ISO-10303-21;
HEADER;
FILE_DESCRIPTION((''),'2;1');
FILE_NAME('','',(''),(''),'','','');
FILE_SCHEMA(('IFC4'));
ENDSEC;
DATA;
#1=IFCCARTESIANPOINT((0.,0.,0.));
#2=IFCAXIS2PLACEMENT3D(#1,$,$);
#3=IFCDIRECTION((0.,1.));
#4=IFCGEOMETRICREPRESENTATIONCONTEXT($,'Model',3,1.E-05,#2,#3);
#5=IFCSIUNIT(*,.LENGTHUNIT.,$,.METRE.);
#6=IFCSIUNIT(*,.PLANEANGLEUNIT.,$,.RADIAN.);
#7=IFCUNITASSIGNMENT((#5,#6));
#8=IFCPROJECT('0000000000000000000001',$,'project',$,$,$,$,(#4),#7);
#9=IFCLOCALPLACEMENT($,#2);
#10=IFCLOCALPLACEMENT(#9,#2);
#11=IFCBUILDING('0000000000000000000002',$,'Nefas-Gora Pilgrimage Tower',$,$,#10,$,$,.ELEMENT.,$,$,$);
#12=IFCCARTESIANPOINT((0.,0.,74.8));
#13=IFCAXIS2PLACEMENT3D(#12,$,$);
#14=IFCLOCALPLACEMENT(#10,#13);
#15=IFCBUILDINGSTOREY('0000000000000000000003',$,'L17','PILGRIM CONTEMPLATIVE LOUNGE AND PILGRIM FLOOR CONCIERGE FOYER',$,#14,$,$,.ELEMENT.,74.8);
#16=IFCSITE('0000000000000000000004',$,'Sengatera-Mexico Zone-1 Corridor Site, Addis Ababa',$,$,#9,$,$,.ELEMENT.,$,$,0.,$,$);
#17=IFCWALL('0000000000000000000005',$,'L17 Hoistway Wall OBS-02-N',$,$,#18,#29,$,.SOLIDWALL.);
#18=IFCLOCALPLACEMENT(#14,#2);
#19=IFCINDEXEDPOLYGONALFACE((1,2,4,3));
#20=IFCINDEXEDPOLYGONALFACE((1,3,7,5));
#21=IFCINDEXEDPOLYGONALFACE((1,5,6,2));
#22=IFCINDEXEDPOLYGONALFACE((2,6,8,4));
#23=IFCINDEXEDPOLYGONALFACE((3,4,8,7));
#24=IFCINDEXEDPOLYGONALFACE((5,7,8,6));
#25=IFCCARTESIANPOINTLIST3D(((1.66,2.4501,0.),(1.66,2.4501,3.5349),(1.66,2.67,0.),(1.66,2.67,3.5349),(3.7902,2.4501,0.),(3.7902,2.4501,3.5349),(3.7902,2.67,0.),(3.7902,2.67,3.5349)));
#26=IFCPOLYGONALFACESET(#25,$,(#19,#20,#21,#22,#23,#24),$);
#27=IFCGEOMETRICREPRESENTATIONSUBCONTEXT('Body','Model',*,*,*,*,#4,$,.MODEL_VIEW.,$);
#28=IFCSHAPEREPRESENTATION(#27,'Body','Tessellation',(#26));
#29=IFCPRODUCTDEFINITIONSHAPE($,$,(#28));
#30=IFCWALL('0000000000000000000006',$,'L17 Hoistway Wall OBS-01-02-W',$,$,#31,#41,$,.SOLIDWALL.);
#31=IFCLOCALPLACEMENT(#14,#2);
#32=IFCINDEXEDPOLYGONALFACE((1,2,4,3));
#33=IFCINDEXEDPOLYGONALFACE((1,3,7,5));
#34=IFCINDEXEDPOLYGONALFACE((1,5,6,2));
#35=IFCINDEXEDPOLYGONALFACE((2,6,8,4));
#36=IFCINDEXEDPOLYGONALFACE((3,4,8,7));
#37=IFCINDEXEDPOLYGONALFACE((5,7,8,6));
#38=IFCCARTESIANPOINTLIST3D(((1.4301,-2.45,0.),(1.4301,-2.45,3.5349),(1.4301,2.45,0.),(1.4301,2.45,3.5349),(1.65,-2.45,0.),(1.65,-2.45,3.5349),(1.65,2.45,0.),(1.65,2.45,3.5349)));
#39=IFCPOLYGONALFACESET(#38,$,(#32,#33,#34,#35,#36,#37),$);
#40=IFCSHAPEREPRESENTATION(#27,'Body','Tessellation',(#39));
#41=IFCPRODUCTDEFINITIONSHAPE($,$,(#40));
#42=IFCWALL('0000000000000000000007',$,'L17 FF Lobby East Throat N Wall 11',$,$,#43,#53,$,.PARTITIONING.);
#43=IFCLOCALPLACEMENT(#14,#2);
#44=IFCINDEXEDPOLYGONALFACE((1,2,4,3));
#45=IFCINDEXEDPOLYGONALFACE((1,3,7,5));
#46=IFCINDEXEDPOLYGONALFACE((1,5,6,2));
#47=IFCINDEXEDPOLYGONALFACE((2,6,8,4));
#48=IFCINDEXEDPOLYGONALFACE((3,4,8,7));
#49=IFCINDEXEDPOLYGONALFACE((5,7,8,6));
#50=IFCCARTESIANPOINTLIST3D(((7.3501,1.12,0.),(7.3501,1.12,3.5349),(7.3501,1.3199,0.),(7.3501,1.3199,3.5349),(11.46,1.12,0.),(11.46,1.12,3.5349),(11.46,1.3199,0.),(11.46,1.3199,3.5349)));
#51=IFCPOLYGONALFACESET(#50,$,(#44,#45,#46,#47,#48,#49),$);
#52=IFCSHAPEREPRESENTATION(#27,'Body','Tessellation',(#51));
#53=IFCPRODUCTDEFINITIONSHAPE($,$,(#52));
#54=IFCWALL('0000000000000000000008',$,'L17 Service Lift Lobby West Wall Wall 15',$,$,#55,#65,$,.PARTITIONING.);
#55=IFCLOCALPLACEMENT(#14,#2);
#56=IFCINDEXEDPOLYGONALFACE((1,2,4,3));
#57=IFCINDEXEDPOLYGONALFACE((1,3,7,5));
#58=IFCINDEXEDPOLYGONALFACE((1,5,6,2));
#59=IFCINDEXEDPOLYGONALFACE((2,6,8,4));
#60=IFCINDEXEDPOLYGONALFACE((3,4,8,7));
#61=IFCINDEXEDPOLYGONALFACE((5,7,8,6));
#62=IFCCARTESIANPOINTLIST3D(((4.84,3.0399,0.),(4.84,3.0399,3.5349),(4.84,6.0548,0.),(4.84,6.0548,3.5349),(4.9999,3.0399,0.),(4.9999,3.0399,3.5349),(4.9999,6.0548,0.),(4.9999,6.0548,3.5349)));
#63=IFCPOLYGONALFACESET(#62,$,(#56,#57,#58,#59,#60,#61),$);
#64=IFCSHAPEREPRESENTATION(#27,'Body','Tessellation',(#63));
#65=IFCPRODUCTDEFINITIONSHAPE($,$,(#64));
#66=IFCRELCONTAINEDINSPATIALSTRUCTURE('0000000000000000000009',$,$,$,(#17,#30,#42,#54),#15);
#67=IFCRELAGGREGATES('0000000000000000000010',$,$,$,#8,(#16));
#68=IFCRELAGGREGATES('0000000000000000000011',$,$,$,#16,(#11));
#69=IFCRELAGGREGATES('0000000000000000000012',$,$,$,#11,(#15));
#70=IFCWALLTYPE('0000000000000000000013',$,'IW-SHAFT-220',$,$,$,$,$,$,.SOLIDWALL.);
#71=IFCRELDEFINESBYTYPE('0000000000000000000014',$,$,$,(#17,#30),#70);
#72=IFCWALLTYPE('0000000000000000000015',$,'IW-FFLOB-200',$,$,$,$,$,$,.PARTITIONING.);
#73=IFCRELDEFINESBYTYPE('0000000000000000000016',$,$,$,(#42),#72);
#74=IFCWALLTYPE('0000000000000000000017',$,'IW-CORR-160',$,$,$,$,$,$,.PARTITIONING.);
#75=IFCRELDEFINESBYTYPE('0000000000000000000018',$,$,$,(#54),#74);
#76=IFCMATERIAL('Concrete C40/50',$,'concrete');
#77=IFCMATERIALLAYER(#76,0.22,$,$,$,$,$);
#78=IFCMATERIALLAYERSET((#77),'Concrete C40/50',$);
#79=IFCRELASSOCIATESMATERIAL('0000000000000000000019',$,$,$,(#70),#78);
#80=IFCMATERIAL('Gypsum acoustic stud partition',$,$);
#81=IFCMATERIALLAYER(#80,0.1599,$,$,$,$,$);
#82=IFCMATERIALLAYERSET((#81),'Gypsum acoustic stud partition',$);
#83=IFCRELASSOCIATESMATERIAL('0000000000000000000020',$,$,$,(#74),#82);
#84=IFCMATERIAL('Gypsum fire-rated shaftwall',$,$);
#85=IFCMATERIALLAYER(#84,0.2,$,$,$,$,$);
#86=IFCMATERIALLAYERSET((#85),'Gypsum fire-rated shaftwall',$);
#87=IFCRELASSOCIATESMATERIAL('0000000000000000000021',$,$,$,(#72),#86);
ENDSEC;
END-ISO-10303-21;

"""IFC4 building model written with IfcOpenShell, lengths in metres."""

from ifc_helpers import new_model, si_unit, direction, frame, frame_2d, origin, place, context, subcontext, project, spatial, rectangle, extrude, source, transform, mapped, material, layer, layer_set, type_object, element, save


model = new_model("IFC4")

# Units and contexts
model_context = context("Model", 3, precision=1e-05, world=origin(), true_north=direction((0.0, 1.0)))
body_context = subcontext(model_context, "Body", "Model", "MODEL_VIEW")
ifc_project = project(units=[si_unit("LENGTHUNIT", "METRE"), si_unit("PLANEANGLEUNIT", "RADIAN")], contexts=[model_context])

# Site, building, storey
site_placement = place(None, origin())
site = spatial("IfcSite", under=ifc_project, at=site_placement, Name="Sengatera-Mexico Zone-1 Corridor Site, Addis Ababa", CompositionType="ELEMENT", RefElevation=0.0)
building_placement = place(site_placement, origin())
building = spatial("IfcBuilding", under=site, at=building_placement, Name="Nefas-Gora Pilgrimage Tower", CompositionType="ELEMENT")
storey_placement = place(building_placement, frame((0.0, 0.0, 74.8)))
storey = spatial("IfcBuildingStorey", under=building, at=storey_placement, Name="L17", Description="PILGRIM CONTEMPLATIVE LOUNGE AND PILGRIM FLOOR CONCIERGE FOYER", CompositionType="ELEMENT", Elevation=74.8)

# Shared definitions
ifc_material_1 = material(Name="Concrete C40/50", Category="concrete")
ifc_layer_1 = layer(ifc_material_1, 0.22)
ifc_layer_set_1 = layer_set([ifc_layer_1], Name="Concrete C40/50")
wall_type_1 = type_object("IfcWallType", Name="IW-SHAFT-220", PredefinedType="SOLIDWALL", material=ifc_layer_set_1)

# Walls
ifc_material_2 = material(Name="Gypsum acoustic stud partition")
ifc_layer_2 = layer(ifc_material_2, 0.1599)
ifc_layer_set_2 = layer_set([ifc_layer_2], Name="Gypsum acoustic stud partition")
wall_type_2 = type_object("IfcWallType", Name="IW-CORR-160", PredefinedType="PARTITIONING", material=ifc_layer_set_2)
shared_shape_1 = source(origin(), body_context, "Body", "SweptSolid", [
    extrude(rectangle(XDim=2.1301, YDim=0.22, at=frame_2d((1.0649, 0.0))), origin(), (0.0, 0.0, 1.0), 3.5349),
])
for number, where, z_axis, x_axis, name in (
    (1, (3.79, 2.5601, 0.0), (0.0, 0.0, 1.0), (-1.0, 0.0, 0.0), "L17 Hoistway Wall OBS-02-N"),
):
    element("IfcWall", number, at=place(storey_placement, frame(where, z_axis=z_axis, x_axis=x_axis)), inside=storey, type_object=wall_type_1, Name=name, PredefinedType="SOLIDWALL", context=body_context, shape_type="MappedRepresentation", body=[
        mapped(shared_shape_1, transform((0.0, 0.0, 0.0), x_axis=(1.0, 0.0, 0.0), y_axis=(0.0, 1.0, 0.0), z_axis=(0.0, 0.0, 1.0), scale=1.0)),
    ])
shared_shape_2 = source(origin(), body_context, "Body", "SweptSolid", [
    extrude(rectangle(XDim=4.8999, YDim=0.22, at=frame_2d((2.45, 0.0))), origin(), (0.0, 0.0, 1.0), 3.5349),
])
wall_1_placement = place(storey_placement, frame((1.54, 2.45, 0.0), z_axis=(0.0, 0.0, 1.0), x_axis=(0.0, -1.0, 0.0)))
element("IfcWall", 2, at=wall_1_placement, inside=storey, type_object=wall_type_1, Name="L17 Hoistway Wall OBS-01-02-W", PredefinedType="SOLIDWALL", context=body_context, shape_type="MappedRepresentation", body=[
    mapped(shared_shape_2, transform((0.0, 0.0, 0.0), x_axis=(1.0, 0.0, 0.0), y_axis=(0.0, 1.0, 0.0), z_axis=(0.0, 0.0, 1.0), scale=1.0)),
])

# Shared definitions
ifc_material_3 = material(Name="Gypsum fire-rated shaftwall")
ifc_layer_3 = layer(ifc_material_3, 0.2)
ifc_layer_set_3 = layer_set([ifc_layer_3], Name="Gypsum fire-rated shaftwall")
wall_type_3 = type_object("IfcWallType", Name="IW-FFLOB-200", PredefinedType="PARTITIONING", material=ifc_layer_set_3)

# Walls
shared_shape_3 = source(origin(), body_context, "Body", "SweptSolid", [
    extrude(rectangle(XDim=4.1099, YDim=0.2, at=frame_2d((2.0549, 0.0))), origin(), (0.0, 0.0, 1.0), 3.5349),
])
wall_2_placement = place(storey_placement, frame((7.3501, 1.22, 0.0), z_axis=(0.0, 0.0, 1.0), x_axis=(1.0, 0.0, 0.0)))
element("IfcWall", 3, at=wall_2_placement, inside=storey, type_object=wall_type_3, Name="L17 FF Lobby East Throat N Wall 11", PredefinedType="PARTITIONING", context=body_context, shape_type="MappedRepresentation", body=[
    mapped(shared_shape_3, transform((0.0, 0.0, 0.0), x_axis=(1.0, 0.0, 0.0), y_axis=(0.0, 1.0, 0.0), z_axis=(0.0, 0.0, 1.0), scale=1.0)),
])
shared_shape_4 = source(origin(), body_context, "Body", "SweptSolid", [
    extrude(rectangle(XDim=3.0149, YDim=0.1599, at=frame_2d((1.5073, 0.0))), origin(), (0.0, 0.0, 1.0), 3.5349),
])
wall_3_placement = place(storey_placement, frame((4.9199, 3.04, 0.0), z_axis=(0.0, 0.0, 1.0), x_axis=(0.0, 1.0, 0.0)))
element("IfcWall", 4, at=wall_3_placement, inside=storey, type_object=wall_type_2, Name="L17 Service Lift Lobby West Wall Wall 15", PredefinedType="PARTITIONING", context=body_context, shape_type="MappedRepresentation", body=[
    mapped(shared_shape_4, transform((0.0, 0.0, 0.0), x_axis=(1.0, 0.0, 0.0), y_axis=(0.0, 1.0, 0.0), z_axis=(0.0, 0.0, 1.0), scale=1.0)),
])

save(model, "model.ifc")
